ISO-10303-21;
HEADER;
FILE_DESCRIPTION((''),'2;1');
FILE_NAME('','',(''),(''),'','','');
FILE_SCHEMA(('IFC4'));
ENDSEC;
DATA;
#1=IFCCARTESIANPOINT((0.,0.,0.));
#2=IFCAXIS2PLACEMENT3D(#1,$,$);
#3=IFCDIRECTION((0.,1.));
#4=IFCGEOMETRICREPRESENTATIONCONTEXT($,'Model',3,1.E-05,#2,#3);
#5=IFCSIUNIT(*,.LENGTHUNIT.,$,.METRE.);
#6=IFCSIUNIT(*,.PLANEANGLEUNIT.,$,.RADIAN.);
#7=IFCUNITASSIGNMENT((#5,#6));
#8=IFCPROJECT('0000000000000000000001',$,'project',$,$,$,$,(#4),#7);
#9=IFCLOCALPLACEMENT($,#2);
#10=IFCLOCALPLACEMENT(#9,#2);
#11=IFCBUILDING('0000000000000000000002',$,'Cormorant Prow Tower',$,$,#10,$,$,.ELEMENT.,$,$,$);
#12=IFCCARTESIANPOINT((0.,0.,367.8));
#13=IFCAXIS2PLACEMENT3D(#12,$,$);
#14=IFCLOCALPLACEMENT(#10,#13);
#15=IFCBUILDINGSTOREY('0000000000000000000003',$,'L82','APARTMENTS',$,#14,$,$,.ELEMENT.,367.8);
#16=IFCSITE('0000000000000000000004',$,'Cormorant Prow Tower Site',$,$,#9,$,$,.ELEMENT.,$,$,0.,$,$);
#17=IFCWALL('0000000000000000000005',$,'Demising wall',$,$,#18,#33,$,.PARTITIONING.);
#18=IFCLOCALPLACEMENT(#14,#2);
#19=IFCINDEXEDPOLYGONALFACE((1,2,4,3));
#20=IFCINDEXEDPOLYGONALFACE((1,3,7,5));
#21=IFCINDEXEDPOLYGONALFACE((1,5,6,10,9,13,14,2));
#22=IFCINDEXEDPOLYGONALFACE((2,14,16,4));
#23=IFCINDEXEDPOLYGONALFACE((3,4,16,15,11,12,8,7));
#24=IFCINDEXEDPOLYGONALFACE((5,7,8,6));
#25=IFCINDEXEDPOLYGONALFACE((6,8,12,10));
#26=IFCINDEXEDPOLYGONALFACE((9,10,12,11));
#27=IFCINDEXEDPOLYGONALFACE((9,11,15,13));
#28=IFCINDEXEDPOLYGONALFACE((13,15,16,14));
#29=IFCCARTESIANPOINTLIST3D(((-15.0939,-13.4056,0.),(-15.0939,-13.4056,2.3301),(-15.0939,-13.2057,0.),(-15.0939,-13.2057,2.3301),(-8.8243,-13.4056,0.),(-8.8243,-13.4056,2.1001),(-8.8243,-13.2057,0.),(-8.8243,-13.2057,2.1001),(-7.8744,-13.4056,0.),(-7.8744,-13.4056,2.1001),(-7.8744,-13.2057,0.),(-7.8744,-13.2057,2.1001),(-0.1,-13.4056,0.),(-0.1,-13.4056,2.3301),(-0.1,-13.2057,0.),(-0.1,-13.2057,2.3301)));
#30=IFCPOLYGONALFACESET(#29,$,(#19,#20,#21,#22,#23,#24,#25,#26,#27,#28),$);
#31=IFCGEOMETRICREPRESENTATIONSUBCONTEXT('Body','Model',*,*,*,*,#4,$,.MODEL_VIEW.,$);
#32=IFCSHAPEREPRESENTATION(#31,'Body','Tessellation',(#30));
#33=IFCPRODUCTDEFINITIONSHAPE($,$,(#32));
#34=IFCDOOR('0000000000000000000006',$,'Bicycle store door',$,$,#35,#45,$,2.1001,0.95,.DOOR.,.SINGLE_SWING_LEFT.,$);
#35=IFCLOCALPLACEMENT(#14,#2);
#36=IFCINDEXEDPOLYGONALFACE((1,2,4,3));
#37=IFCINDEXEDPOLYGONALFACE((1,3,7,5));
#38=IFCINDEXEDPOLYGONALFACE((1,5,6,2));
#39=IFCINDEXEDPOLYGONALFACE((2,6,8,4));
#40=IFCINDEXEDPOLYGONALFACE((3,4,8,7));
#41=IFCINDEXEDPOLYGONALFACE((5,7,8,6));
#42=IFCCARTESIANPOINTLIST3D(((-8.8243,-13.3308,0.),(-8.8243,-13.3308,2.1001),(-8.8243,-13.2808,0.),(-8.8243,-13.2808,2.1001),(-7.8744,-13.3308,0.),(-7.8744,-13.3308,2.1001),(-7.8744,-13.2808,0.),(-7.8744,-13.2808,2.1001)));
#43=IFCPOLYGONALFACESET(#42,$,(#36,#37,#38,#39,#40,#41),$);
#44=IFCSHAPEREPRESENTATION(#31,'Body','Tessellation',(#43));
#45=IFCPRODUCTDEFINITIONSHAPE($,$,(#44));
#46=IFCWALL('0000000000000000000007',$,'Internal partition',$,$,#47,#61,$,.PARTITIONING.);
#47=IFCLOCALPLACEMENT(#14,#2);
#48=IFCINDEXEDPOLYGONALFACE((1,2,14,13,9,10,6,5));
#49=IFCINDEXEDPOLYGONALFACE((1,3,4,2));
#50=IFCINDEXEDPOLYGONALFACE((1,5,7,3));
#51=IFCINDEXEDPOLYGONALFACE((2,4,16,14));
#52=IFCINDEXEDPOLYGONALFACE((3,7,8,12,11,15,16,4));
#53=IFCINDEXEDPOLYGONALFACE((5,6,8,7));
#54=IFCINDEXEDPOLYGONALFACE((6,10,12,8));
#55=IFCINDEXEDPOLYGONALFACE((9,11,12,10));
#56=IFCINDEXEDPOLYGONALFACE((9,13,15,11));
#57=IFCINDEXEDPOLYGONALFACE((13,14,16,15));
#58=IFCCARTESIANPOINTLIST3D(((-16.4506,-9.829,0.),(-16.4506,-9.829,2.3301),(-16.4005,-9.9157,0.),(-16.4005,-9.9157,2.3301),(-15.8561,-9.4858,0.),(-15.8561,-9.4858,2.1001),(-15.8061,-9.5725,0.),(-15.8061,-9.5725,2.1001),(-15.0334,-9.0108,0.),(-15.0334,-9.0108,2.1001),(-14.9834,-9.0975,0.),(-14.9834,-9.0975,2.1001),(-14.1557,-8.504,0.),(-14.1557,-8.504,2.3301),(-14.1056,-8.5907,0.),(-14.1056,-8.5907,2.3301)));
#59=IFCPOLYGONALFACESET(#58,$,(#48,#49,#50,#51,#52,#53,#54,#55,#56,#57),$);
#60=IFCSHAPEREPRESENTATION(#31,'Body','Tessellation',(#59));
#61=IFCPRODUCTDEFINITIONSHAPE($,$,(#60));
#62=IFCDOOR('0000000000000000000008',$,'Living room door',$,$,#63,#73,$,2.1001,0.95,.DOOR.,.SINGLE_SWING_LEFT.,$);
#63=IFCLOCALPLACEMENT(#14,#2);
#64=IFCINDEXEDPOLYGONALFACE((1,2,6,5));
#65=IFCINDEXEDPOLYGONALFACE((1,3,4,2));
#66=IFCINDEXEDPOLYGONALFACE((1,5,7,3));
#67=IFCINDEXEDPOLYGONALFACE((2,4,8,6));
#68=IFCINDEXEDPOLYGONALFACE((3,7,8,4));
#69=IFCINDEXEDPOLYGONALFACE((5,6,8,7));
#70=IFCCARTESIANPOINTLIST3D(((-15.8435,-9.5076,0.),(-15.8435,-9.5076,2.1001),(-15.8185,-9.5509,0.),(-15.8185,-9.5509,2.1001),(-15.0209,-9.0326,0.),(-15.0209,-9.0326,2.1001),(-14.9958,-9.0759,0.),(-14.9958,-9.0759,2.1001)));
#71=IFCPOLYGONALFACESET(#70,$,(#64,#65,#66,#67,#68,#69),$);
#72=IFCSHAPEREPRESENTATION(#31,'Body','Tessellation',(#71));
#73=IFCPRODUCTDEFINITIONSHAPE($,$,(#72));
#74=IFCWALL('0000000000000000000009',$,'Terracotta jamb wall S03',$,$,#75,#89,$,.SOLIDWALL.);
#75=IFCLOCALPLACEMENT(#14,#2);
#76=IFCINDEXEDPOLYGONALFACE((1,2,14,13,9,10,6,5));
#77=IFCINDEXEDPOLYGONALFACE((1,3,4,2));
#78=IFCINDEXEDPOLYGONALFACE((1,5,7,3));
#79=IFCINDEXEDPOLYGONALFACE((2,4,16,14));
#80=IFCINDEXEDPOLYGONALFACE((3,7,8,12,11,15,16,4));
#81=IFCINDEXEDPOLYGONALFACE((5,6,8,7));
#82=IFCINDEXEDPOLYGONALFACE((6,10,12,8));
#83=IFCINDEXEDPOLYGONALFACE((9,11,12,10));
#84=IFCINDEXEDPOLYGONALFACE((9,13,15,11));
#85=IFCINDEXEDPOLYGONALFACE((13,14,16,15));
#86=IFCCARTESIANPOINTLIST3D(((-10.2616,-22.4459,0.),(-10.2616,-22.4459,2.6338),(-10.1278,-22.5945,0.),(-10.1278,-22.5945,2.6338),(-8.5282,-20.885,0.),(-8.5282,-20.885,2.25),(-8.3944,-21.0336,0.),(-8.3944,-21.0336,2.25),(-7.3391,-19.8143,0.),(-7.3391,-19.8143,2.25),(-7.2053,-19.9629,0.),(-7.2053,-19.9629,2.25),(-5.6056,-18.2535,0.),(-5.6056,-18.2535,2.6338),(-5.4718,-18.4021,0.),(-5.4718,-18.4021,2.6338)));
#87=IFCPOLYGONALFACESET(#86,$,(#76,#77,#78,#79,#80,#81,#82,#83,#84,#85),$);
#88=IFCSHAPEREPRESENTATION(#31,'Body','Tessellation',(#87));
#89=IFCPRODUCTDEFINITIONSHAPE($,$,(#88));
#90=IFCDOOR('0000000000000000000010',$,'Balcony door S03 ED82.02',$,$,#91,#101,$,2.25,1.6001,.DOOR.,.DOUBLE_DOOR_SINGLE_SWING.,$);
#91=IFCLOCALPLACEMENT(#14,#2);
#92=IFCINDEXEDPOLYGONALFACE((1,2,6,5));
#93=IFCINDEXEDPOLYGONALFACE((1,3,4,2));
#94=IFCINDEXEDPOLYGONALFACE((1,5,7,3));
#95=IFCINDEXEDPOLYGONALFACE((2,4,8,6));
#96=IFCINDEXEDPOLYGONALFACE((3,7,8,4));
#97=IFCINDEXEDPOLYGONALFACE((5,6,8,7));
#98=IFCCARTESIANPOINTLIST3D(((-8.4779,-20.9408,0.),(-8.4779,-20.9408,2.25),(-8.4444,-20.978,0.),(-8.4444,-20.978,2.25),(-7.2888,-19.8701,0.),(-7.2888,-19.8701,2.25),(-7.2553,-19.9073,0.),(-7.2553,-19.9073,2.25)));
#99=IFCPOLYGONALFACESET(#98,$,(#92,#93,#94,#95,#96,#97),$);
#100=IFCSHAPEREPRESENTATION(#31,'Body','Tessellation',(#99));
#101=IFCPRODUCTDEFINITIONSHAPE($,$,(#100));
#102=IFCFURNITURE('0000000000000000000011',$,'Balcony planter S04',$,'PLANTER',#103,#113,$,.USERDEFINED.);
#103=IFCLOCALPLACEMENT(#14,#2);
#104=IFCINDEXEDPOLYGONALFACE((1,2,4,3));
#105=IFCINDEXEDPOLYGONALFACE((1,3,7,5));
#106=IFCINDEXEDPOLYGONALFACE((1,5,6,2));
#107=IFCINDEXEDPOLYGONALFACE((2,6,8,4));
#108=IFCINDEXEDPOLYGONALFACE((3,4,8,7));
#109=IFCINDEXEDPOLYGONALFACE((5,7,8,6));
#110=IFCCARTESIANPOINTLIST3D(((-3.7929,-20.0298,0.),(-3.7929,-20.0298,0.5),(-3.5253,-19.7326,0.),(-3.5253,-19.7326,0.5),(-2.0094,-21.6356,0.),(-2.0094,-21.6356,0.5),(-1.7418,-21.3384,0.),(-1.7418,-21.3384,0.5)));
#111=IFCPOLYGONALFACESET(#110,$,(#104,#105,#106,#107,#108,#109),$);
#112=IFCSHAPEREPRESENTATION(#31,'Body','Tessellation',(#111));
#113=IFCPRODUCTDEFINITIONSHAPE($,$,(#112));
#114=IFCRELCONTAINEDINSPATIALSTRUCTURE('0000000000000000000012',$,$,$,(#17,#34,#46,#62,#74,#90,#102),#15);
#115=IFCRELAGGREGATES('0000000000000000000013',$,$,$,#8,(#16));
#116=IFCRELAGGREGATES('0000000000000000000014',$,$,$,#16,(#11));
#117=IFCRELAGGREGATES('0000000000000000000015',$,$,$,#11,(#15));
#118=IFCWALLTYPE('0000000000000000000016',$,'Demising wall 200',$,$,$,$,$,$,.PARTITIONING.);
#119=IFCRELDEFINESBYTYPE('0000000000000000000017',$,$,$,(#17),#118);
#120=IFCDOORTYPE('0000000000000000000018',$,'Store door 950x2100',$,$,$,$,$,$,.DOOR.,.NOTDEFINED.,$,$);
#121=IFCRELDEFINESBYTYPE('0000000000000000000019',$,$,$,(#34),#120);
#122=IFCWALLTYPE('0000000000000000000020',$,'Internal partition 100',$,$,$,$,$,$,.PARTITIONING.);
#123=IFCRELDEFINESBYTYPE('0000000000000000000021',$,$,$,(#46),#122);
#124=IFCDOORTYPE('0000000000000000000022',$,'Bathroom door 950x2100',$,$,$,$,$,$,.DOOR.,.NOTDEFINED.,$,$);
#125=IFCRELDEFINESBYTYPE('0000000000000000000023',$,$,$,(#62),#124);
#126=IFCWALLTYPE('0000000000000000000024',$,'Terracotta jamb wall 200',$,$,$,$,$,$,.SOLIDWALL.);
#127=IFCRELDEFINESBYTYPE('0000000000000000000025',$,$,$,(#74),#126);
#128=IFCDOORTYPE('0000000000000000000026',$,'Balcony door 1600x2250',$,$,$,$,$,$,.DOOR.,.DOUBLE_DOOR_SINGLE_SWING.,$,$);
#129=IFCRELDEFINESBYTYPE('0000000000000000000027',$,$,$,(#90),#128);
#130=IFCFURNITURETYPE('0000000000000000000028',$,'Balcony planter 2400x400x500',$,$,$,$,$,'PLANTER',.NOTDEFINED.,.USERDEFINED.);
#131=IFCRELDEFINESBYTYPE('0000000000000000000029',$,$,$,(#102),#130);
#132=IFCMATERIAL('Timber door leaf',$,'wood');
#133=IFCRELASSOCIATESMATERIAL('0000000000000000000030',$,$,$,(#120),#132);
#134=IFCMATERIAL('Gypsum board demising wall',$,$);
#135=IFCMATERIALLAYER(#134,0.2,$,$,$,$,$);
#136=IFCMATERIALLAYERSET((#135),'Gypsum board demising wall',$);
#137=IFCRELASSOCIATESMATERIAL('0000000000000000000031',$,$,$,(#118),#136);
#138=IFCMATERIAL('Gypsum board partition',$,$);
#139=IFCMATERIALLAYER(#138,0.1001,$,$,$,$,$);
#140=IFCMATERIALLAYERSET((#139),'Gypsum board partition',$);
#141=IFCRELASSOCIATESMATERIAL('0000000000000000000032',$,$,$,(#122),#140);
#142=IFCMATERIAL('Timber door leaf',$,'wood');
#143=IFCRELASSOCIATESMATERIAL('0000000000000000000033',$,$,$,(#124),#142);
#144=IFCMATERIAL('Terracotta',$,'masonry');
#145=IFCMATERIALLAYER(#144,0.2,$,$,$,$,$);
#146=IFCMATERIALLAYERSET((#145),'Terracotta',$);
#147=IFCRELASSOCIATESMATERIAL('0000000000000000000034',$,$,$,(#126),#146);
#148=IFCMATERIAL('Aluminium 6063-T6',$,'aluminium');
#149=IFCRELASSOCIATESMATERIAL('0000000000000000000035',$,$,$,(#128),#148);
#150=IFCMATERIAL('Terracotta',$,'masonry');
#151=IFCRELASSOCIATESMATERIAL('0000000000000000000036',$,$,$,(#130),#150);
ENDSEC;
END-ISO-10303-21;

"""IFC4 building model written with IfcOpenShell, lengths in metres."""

from ifc_helpers import new_model, si_unit, direction, frame, frame_2d, origin, origin_2d, place, context, subcontext, project, spatial, rectangle, extrude, material, layer, layer_set, type_object, element, fill, save


model = new_model("IFC4")

# Units and contexts
model_context = context("Model", 3, precision=1e-05, world=origin(), true_north=direction((0.0, 1.0)))
body_context = subcontext(model_context, "Body", "Model", "MODEL_VIEW")
ifc_project = project(units=[si_unit("LENGTHUNIT", "METRE"), si_unit("PLANEANGLEUNIT", "RADIAN")], contexts=[model_context])

# Site, building, storey
site_placement = place(None, origin())
site = spatial("IfcSite", under=ifc_project, at=site_placement, Name="Cormorant Prow Tower Site", CompositionType="ELEMENT", RefElevation=0.0)
building_placement = place(site_placement, origin())
building = spatial("IfcBuilding", under=site, at=building_placement, Name="Cormorant Prow Tower", CompositionType="ELEMENT")
storey_placement = place(building_placement, frame((0.0, 0.0, 367.8)))
storey = spatial("IfcBuildingStorey", under=building, at=storey_placement, Name="L82", Description="APARTMENTS", CompositionType="ELEMENT", Elevation=367.8)

# Shared definitions
ifc_material_1 = material(Name="Timber door leaf", Category="wood")
door_type_1 = type_object("IfcDoorType", Name="Store door 950x2100", OperationType="NOTDEFINED", PredefinedType="DOOR", material=ifc_material_1)

# Walls, openings, doors
ifc_material_2 = material(Name="Gypsum board demising wall")
ifc_layer_1 = layer(ifc_material_2, 0.2)
ifc_layer_set_1 = layer_set([ifc_layer_1], Name="Gypsum board demising wall")
wall_type_1 = type_object("IfcWallType", Name="Demising wall 200", PredefinedType="PARTITIONING", material=ifc_layer_set_1)
wall_1_placement = place(storey_placement, frame((-15.094, -13.3057, 0.0), z_axis=(0.0, 0.0, 1.0), x_axis=(1.0, 0.0, 0.0)))
wall_1 = element("IfcWall", 1, at=wall_1_placement, inside=storey, type_object=wall_type_1, Name="Demising wall", PredefinedType="PARTITIONING", context=body_context, shape_type="SweptSolid", body=[
    extrude(rectangle(XDim=14.9939, YDim=0.2, at=frame_2d((7.4971, 0.0))), origin(), (0.0, 0.0, 1.0), 2.3301),
])
opening_1_placement = place(wall_1_placement, frame((6.2695, 0.0, 0.0)))
opening_1 = element("IfcOpeningElement", 2, at=opening_1_placement, cuts=wall_1, PredefinedType="OPENING", context=body_context, shape_type="SweptSolid", body=[
    extrude(rectangle(XDim=0.95, YDim=2.1001, at=frame_2d((0.4751, 1.05))), frame((0.0, 0.1099, 0.0), z_axis=(0.0, -1.0, 0.0), x_axis=(1.0, 0.0, 0.0)), (0.0, 0.0, 1.0), 0.22),
])
door_1_placement = place(opening_1_placement, origin())
door_1 = element("IfcDoor", 3, at=door_1_placement, inside=storey, type_object=door_type_1, Name="Bicycle store door", OperationType="SINGLE_SWING_LEFT", OverallHeight=2.1001, OverallWidth=0.95, PredefinedType="DOOR", context=body_context, shape_type="SweptSolid", body=[
    extrude(rectangle(XDim=0.95, YDim=2.1001, at=frame_2d((0.4751, 1.05))), frame((0.0, 0.0249, 0.0), z_axis=(0.0, -1.0, 0.0), x_axis=(1.0, 0.0, 0.0)), (0.0, 0.0, 1.0), 0.05),
])
fill(opening_1, door_1)
ifc_material_3 = material(Name="Gypsum board partition")
ifc_layer_2 = layer(ifc_material_3, 0.1001)
ifc_layer_set_2 = layer_set([ifc_layer_2], Name="Gypsum board partition")
wall_type_2 = type_object("IfcWallType", Name="Internal partition 100", PredefinedType="PARTITIONING", material=ifc_layer_set_2)
wall_2_placement = place(storey_placement, frame((-16.4255, -9.8723, 0.0), z_axis=(0.0, 0.0, 1.0), x_axis=(0.866029, 0.499994, 0.0)))
wall_2 = element("IfcWall", 4, at=wall_2_placement, inside=storey, type_object=wall_type_2, Name="Internal partition", PredefinedType="PARTITIONING", context=body_context, shape_type="SweptSolid", body=[
    extrude(rectangle(XDim=2.6499, YDim=0.1001, at=frame_2d((1.325, 0.0))), origin(), (0.0, 0.0, 1.0), 2.3301),
])
opening_2_placement = place(wall_2_placement, frame((0.6863, 0.0, 0.0)))
opening_2 = element("IfcOpeningElement", 5, at=opening_2_placement, cuts=wall_2, PredefinedType="OPENING", context=body_context, shape_type="SweptSolid", body=[
    extrude(rectangle(XDim=0.95, YDim=2.1001, at=frame_2d((0.4751, 1.05))), frame((0.0, 0.0601, 0.0), z_axis=(0.0, -1.0, 0.0), x_axis=(1.0, 0.0, 0.0)), (0.0, 0.0, 1.0), 0.1201),
])
ifc_material_4 = material(Name="Timber door leaf", Category="wood")
door_type_2 = type_object("IfcDoorType", Name="Bathroom door 950x2100", OperationType="NOTDEFINED", PredefinedType="DOOR", material=ifc_material_4)
door_2_placement = place(opening_2_placement, origin())
door_2 = element("IfcDoor", 6, at=door_2_placement, inside=storey, type_object=door_type_2, Name="Living room door", OperationType="SINGLE_SWING_LEFT", OverallHeight=2.1001, OverallWidth=0.95, PredefinedType="DOOR", context=body_context, shape_type="SweptSolid", body=[
    extrude(rectangle(XDim=0.95, YDim=2.1001, at=frame_2d((0.4751, 1.05))), frame((0.0, 0.0249, 0.0), z_axis=(0.0, -1.0, 0.0), x_axis=(1.0, 0.0, 0.0)), (0.0, 0.0, 1.0), 0.05),
])
fill(opening_2, door_2)
ifc_material_5 = material(Name="Terracotta", Category="masonry")
ifc_layer_3 = layer(ifc_material_5, 0.2)
ifc_layer_set_3 = layer_set([ifc_layer_3], Name="Terracotta")
wall_type_3 = type_object("IfcWallType", Name="Terracotta jamb wall 200", PredefinedType="SOLIDWALL", material=ifc_layer_set_3)
wall_3_placement = place(storey_placement, frame((-10.1948, -22.5203, 0.0), z_axis=(0.0, 0.0, 1.0), x_axis=(0.743137, 0.669139, 0.0)))
wall_3 = element("IfcWall", 7, at=wall_3_placement, inside=storey, type_object=wall_type_3, Name="Terracotta jamb wall S03", PredefinedType="SOLIDWALL", context=body_context, shape_type="SweptSolid", body=[
    extrude(rectangle(XDim=6.2654, YDim=0.2, at=frame_2d((3.1328, 0.0))), origin(), (0.0, 0.0, 1.0), 2.6338),
])
opening_3_placement = place(wall_3_placement, frame((2.3328, 0.0, 0.0)))
opening_3 = element("IfcOpeningElement", 8, at=opening_3_placement, cuts=wall_3, PredefinedType="OPENING", context=body_context, shape_type="SweptSolid", body=[
    extrude(rectangle(XDim=1.6001, YDim=2.25, at=frame_2d((0.8, 1.125))), frame((0.0, 0.1099, 0.0), z_axis=(0.0, -1.0, 0.0), x_axis=(1.0, 0.0, 0.0)), (0.0, 0.0, 1.0), 0.22),
])
ifc_material_6 = material(Name="Aluminium 6063-T6", Category="aluminium")
door_type_3 = type_object("IfcDoorType", Name="Balcony door 1600x2250", OperationType="DOUBLE_DOOR_SINGLE_SWING", PredefinedType="DOOR", material=ifc_material_6)
door_3_placement = place(opening_3_placement, origin())
door_3 = element("IfcDoor", 9, at=door_3_placement, inside=storey, type_object=door_type_3, Name="Balcony door S03 ED82.02", OperationType="DOUBLE_DOOR_SINGLE_SWING", OverallHeight=2.25, OverallWidth=1.6001, PredefinedType="DOOR", context=body_context, shape_type="SweptSolid", body=[
    extrude(rectangle(XDim=1.6001, YDim=2.25, at=frame_2d((0.8, 1.125))), frame((0.0, 0.0249, 0.0), z_axis=(0.0, -1.0, 0.0), x_axis=(1.0, 0.0, 0.0)), (0.0, 0.0, 1.0), 0.05),
])
fill(opening_3, door_3)

# Furniture
ifc_material_7 = material(Name="Terracotta", Category="masonry")
furniture_type = type_object("IfcFurnitureType", Name="Balcony planter 2400x400x500", ElementType="PLANTER", AssemblyPlace="NOTDEFINED", PredefinedType="USERDEFINED", material=ifc_material_7)
furniture_placement = place(storey_placement, frame((-2.7673, -20.6841, 0.0), z_axis=(0.0, 0.0, 1.0), x_axis=(0.743145, -0.669131, 0.0)))
element("IfcFurniture", 10, at=furniture_placement, inside=storey, type_object=furniture_type, Name="Balcony planter S04", ObjectType="PLANTER", PredefinedType="USERDEFINED", context=body_context, shape_type="SweptSolid", body=[
    extrude(rectangle(XDim=2.3999, YDim=0.3999, at=origin_2d()), origin(), (0.0, 0.0, 1.0), 0.5),
])

save(model, "model.ifc")
